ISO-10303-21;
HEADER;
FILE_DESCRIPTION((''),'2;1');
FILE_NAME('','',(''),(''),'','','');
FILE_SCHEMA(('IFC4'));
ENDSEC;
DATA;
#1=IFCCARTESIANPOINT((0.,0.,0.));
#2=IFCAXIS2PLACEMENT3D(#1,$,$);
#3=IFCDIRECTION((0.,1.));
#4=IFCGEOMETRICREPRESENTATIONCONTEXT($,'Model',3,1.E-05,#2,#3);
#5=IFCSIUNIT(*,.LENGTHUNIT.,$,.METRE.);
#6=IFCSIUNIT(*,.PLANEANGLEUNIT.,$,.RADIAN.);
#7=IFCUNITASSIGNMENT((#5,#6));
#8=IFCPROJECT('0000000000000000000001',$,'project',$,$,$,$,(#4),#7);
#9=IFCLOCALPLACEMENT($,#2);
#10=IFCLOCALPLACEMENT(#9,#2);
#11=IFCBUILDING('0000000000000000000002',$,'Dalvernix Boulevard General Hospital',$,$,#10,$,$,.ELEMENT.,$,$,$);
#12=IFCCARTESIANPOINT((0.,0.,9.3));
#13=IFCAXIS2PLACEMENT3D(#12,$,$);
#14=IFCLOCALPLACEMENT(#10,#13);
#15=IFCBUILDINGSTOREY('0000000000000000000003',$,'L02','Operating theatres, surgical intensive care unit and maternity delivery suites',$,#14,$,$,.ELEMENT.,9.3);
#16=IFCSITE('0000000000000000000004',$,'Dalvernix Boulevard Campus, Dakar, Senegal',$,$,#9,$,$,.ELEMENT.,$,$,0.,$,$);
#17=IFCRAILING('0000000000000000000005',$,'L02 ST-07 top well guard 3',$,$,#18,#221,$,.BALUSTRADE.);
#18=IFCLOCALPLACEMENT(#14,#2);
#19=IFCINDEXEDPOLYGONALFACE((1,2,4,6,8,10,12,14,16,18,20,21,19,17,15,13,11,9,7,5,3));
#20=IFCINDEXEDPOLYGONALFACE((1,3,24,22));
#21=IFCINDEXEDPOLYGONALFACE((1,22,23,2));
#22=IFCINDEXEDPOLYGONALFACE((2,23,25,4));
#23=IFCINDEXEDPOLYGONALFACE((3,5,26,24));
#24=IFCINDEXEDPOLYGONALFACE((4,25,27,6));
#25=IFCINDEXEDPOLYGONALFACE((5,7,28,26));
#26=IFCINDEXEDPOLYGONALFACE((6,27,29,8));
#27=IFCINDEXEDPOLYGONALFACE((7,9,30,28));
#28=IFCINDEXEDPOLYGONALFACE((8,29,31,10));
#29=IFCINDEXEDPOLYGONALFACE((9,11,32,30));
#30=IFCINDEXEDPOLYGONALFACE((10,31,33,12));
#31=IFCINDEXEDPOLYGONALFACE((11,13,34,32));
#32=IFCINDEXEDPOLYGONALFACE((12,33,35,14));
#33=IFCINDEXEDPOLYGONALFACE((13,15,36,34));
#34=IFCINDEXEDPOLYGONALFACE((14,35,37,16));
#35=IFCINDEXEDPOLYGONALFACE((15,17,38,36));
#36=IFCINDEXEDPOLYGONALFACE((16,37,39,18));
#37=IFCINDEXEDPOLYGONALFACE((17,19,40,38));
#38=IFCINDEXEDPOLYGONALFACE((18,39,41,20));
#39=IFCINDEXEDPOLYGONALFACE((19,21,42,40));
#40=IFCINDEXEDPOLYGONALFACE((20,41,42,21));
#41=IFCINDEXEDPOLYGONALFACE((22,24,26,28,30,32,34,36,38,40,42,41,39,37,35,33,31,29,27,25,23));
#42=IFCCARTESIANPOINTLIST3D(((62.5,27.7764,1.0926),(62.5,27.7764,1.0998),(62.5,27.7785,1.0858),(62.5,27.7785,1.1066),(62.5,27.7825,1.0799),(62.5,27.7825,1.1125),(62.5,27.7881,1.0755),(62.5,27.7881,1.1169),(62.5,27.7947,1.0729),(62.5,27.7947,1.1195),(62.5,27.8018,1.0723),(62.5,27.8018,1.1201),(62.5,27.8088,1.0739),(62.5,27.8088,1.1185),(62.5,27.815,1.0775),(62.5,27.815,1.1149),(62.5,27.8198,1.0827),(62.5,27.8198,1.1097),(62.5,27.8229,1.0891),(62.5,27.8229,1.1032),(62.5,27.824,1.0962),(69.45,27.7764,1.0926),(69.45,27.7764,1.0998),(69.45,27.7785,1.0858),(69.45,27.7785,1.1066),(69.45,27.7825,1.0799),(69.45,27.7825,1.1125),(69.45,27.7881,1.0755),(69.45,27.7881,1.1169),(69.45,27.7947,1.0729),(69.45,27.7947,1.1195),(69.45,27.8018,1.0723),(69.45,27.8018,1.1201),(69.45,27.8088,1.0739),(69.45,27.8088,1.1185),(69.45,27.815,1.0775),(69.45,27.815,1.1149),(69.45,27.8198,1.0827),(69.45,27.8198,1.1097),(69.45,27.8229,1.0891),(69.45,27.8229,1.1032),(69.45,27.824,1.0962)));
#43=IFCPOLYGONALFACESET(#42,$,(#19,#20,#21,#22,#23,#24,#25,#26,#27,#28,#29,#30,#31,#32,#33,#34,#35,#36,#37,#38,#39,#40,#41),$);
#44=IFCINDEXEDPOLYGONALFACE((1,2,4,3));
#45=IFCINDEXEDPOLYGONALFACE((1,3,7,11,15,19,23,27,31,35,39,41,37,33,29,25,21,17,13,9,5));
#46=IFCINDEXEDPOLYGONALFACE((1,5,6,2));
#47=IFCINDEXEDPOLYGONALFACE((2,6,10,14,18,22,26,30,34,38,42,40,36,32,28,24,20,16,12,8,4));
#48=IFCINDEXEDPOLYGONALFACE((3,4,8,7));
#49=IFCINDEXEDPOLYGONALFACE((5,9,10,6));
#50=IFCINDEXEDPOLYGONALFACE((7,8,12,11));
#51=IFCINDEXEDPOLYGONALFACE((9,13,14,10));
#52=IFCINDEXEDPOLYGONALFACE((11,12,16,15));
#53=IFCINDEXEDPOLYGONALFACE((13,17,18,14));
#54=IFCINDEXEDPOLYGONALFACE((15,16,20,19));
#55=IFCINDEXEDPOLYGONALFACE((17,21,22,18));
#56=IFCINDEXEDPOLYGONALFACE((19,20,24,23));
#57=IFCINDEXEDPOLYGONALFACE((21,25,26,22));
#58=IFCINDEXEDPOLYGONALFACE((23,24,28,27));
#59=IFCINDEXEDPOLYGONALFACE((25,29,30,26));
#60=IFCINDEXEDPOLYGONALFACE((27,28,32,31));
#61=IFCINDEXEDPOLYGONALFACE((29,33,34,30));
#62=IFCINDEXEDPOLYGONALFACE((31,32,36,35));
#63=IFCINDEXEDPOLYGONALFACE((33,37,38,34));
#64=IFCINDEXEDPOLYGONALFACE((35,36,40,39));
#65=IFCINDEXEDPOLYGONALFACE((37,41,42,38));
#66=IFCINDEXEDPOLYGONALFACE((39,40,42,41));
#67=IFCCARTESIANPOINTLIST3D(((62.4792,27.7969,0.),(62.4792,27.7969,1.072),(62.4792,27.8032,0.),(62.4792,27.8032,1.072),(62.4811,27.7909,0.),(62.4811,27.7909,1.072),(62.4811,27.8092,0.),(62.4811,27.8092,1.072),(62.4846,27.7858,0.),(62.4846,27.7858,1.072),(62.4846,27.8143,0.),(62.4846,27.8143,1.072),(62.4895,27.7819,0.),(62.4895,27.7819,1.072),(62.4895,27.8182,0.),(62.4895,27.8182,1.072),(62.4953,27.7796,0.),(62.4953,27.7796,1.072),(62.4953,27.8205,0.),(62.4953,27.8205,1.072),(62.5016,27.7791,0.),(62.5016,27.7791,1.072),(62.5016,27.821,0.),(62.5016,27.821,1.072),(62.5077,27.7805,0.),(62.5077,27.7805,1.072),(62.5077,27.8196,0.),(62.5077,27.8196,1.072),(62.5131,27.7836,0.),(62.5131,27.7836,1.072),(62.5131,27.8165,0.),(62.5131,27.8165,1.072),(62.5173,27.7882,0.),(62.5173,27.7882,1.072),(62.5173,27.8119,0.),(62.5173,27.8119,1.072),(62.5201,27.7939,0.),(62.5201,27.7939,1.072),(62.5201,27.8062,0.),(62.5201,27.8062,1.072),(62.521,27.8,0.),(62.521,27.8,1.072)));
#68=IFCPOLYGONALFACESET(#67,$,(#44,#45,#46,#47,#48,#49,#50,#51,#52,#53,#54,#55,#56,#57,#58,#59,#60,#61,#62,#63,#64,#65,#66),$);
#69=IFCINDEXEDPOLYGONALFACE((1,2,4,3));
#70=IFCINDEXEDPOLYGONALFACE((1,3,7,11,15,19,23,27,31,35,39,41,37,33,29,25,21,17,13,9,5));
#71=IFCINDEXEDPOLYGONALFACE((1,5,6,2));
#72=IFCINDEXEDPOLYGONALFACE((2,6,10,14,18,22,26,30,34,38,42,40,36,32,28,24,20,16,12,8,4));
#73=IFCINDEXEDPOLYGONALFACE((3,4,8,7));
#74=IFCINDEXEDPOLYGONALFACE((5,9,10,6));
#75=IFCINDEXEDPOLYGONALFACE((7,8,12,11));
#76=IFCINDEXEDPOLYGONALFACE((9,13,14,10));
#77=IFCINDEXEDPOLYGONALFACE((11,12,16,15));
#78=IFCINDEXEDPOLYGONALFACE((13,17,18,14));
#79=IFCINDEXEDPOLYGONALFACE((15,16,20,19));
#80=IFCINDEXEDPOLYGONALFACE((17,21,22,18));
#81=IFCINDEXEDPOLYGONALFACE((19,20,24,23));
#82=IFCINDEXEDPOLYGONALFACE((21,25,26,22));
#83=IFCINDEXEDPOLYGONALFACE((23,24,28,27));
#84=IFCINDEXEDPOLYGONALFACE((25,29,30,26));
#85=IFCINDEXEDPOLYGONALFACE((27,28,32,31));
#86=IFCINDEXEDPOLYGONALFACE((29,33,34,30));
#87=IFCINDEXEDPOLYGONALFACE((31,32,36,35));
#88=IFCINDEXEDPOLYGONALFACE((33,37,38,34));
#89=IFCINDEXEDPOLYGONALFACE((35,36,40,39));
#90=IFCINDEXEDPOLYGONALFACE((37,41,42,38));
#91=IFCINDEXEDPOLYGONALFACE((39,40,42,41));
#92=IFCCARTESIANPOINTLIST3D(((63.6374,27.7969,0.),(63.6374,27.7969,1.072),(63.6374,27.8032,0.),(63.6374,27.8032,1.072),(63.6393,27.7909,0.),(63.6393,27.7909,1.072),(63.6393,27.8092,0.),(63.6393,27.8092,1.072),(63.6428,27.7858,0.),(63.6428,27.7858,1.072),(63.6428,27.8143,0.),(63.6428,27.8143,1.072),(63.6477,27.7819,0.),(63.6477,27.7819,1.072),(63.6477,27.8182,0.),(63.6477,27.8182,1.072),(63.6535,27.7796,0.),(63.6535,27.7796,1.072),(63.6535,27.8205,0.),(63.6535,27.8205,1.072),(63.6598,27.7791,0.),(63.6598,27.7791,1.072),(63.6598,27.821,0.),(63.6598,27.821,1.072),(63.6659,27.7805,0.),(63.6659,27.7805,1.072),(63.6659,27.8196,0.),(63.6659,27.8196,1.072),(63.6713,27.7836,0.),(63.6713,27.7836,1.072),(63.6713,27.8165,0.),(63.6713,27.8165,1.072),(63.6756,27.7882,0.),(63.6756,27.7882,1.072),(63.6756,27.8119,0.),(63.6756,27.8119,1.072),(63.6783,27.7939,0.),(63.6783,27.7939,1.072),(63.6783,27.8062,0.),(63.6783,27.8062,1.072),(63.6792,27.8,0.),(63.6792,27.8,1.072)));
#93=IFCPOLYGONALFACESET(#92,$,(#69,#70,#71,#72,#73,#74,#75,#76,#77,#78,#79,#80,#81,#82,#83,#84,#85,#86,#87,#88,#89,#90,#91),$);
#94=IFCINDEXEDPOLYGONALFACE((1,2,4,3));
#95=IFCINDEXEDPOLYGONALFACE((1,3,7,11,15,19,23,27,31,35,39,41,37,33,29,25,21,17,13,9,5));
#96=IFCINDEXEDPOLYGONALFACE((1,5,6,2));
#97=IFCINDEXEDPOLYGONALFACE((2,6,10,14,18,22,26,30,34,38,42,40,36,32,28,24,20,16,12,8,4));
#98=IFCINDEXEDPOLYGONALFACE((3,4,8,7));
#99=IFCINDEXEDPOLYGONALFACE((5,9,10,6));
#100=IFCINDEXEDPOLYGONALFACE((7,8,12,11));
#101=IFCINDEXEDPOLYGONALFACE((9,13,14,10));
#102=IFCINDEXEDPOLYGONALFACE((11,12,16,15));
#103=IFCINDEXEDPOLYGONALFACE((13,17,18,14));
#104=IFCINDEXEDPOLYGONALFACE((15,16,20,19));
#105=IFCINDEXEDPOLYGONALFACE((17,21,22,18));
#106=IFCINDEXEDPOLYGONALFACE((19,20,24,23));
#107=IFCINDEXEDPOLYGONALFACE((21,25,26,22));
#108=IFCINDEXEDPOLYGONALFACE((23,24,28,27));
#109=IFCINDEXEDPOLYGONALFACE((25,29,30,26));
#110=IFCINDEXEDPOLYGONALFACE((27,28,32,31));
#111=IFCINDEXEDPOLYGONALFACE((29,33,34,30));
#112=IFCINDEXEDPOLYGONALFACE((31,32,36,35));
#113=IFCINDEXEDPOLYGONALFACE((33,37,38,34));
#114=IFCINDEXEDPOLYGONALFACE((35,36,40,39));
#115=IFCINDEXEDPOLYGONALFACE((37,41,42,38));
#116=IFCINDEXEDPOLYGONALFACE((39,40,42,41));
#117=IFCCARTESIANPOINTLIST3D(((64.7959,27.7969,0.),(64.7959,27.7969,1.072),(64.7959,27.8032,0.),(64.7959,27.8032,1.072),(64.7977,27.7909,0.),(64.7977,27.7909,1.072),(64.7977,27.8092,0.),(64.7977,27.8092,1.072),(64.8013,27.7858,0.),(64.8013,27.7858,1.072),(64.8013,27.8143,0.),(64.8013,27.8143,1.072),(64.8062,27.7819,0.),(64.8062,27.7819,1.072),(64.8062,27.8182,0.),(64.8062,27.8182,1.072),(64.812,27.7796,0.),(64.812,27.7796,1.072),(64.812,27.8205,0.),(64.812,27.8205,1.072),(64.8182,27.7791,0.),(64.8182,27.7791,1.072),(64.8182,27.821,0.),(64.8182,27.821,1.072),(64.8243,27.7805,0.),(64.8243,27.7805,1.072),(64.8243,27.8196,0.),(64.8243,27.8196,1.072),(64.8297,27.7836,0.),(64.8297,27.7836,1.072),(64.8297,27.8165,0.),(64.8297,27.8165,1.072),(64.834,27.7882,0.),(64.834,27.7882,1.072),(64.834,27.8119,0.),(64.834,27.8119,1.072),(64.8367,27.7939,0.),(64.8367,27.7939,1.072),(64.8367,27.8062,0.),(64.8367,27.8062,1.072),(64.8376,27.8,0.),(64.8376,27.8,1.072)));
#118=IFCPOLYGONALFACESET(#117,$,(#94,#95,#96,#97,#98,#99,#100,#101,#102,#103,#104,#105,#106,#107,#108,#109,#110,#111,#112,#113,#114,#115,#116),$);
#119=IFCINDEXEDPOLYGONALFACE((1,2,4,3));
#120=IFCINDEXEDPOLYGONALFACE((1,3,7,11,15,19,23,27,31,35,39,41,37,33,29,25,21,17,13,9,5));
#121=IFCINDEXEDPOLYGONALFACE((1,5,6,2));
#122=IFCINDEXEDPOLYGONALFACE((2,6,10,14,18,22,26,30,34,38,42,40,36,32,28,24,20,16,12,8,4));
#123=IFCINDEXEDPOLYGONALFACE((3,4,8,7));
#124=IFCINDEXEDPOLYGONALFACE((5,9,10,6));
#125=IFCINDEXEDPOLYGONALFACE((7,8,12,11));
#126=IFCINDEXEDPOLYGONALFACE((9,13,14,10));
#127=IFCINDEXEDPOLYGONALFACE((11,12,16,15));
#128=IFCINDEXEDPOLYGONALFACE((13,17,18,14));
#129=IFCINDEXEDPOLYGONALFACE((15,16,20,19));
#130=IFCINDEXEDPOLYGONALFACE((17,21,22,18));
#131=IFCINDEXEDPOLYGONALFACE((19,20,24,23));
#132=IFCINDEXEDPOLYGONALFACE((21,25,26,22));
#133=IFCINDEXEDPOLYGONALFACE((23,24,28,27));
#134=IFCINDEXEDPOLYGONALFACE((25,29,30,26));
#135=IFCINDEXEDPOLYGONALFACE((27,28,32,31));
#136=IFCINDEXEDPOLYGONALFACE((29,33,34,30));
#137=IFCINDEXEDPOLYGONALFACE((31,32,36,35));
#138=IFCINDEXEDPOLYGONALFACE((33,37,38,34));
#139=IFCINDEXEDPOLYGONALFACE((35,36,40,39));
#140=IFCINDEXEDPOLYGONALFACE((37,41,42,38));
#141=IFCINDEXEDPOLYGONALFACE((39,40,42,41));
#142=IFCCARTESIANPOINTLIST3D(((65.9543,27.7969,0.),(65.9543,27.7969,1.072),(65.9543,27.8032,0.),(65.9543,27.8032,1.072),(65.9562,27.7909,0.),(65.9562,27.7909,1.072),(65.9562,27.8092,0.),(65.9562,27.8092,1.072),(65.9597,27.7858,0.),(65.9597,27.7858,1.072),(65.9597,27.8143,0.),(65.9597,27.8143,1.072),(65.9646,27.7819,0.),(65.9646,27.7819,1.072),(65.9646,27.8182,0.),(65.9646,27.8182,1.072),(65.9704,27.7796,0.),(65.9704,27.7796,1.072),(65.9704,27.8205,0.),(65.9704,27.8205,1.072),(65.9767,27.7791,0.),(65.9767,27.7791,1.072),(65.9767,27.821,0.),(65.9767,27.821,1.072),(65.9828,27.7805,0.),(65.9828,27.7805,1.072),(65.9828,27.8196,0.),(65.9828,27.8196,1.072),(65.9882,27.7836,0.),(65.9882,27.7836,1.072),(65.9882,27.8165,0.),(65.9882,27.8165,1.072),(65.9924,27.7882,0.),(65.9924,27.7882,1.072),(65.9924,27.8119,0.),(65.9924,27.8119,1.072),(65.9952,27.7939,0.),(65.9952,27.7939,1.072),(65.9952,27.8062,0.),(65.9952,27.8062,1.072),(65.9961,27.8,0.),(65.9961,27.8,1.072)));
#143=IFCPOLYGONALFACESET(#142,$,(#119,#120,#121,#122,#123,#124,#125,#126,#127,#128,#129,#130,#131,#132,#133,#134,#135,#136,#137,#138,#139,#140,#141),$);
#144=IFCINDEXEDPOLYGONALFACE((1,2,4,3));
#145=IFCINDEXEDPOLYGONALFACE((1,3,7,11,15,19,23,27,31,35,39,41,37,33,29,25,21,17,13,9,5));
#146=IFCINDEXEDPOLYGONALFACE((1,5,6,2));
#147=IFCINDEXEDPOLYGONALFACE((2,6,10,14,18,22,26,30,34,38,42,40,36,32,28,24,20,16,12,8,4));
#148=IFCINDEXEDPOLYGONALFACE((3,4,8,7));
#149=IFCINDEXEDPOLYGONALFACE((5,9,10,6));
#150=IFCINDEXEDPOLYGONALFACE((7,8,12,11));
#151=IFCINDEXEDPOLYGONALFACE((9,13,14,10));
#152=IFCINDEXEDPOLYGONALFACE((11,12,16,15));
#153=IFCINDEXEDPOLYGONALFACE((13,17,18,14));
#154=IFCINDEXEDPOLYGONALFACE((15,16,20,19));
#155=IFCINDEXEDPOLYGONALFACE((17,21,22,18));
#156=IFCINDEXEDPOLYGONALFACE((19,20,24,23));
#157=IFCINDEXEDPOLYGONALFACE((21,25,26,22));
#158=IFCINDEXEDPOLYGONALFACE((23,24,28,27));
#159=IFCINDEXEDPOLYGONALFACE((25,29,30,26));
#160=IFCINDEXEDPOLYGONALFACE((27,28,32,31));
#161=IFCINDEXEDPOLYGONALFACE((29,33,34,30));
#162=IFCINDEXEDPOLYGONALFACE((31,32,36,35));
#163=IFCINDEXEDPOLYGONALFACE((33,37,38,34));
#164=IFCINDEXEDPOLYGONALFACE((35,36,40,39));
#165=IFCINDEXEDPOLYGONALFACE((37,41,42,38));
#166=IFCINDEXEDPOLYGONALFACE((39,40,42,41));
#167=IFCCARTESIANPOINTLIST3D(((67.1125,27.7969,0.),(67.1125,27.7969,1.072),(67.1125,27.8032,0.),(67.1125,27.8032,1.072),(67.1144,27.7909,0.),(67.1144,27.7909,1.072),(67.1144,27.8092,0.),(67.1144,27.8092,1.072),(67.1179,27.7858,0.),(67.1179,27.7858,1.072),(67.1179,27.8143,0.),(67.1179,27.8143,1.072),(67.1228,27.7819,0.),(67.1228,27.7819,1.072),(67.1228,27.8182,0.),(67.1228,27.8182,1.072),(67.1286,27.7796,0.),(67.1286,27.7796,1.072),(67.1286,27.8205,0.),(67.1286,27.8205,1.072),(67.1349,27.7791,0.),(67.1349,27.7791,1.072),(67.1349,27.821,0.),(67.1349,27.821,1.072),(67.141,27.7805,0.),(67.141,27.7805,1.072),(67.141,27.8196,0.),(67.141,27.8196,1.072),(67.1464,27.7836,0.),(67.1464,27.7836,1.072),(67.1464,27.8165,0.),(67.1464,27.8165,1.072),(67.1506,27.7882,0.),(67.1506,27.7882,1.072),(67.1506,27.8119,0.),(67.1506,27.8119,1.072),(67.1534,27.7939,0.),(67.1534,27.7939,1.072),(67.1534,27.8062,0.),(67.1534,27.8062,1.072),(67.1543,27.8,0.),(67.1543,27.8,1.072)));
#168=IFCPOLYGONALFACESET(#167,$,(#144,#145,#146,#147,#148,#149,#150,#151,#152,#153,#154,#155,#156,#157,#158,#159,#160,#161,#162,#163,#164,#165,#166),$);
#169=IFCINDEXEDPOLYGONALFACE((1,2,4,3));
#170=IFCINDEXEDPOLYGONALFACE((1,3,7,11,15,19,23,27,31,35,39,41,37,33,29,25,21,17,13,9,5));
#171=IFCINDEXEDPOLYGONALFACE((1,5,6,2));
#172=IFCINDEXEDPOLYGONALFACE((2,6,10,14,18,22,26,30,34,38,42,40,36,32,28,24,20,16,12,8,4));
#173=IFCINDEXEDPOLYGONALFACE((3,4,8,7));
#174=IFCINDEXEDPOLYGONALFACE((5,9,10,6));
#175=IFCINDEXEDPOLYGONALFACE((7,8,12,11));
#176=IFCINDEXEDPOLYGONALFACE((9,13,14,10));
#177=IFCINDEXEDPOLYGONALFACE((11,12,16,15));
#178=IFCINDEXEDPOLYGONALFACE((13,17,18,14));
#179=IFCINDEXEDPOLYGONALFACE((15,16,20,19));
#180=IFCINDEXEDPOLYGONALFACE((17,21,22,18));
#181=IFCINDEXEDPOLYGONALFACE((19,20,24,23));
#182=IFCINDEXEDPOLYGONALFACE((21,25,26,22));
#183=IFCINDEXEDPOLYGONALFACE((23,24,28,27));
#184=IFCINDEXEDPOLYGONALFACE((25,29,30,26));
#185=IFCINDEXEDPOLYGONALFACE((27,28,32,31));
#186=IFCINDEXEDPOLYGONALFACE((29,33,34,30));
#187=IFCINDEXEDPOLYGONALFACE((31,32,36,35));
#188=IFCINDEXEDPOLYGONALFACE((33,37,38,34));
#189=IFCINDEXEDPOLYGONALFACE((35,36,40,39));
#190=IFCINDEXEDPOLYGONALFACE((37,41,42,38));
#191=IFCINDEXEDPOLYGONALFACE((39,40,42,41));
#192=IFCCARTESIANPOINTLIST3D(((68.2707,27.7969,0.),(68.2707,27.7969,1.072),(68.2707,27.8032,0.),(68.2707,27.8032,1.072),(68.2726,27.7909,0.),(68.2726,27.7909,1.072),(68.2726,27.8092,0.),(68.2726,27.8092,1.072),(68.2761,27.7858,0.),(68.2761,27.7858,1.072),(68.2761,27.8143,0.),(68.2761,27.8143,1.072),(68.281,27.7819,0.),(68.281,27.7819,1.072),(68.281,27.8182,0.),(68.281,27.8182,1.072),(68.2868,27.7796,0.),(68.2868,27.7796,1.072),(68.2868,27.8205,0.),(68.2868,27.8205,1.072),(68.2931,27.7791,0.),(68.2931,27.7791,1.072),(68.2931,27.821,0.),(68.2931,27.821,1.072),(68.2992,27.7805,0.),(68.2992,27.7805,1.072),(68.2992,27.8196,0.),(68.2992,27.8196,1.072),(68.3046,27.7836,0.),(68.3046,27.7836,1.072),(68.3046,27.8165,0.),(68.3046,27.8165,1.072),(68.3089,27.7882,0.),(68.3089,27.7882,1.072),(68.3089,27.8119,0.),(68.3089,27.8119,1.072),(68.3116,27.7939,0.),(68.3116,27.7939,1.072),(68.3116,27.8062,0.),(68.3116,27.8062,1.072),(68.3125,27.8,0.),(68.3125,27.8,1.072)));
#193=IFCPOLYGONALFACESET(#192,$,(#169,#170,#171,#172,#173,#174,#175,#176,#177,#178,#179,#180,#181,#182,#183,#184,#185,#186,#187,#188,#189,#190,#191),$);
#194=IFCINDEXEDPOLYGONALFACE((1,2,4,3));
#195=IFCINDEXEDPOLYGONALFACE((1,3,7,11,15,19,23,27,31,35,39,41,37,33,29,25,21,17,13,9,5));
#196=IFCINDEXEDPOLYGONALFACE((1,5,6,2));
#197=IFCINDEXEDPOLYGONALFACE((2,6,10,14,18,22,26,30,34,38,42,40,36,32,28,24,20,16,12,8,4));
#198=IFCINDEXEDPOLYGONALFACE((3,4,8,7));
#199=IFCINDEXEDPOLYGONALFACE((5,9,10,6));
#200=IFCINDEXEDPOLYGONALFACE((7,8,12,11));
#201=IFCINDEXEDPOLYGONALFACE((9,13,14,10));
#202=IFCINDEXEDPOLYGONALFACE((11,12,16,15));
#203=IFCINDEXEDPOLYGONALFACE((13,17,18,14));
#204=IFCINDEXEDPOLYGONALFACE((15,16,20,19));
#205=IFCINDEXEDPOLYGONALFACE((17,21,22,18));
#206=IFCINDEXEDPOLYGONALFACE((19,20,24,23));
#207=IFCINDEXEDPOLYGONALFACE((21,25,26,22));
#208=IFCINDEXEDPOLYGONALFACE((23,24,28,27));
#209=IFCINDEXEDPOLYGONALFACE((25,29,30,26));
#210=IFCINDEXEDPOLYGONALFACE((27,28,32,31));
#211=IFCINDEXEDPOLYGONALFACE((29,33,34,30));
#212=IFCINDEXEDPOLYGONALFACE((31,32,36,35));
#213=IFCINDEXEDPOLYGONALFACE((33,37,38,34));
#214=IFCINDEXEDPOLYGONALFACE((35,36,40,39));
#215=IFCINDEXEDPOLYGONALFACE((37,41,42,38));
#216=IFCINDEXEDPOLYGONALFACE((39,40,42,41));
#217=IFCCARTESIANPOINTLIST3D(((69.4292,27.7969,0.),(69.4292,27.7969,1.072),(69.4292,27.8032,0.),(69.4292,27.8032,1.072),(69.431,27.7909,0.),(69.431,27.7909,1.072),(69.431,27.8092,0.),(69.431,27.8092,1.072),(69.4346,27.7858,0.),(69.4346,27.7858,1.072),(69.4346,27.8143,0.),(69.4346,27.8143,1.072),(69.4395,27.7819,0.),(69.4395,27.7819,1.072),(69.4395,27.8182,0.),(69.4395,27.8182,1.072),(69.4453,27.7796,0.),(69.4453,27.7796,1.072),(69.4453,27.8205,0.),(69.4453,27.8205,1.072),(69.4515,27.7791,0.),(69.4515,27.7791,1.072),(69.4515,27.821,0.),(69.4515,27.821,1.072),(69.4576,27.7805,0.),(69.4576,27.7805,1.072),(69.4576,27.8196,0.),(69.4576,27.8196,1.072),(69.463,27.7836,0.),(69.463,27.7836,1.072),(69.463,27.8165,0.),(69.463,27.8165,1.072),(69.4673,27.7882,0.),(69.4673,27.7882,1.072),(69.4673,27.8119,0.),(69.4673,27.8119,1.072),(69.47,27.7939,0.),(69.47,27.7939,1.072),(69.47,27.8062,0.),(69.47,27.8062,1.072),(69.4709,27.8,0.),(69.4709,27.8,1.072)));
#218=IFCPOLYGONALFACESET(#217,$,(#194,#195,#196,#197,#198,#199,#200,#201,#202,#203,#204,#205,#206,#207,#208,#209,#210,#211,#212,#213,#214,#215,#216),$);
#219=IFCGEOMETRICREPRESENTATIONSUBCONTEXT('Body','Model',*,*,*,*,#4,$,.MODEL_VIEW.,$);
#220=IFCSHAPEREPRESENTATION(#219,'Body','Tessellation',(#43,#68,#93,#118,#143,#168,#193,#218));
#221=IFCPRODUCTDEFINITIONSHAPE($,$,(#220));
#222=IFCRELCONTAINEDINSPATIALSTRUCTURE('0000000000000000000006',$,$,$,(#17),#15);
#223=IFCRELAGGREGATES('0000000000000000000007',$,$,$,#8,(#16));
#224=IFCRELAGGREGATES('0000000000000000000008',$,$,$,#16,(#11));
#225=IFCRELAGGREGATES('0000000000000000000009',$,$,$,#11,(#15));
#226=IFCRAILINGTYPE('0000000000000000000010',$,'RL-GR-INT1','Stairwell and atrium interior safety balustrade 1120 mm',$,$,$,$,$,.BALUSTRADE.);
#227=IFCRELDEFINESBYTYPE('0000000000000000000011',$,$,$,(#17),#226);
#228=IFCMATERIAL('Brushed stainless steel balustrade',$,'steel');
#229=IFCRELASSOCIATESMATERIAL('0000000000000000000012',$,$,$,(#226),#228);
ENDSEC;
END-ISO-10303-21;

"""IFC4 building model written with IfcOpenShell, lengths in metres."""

from ifc_helpers import new_model, si_unit, direction, frame, origin, origin_2d, place, context, subcontext, project, spatial, circle, extrude, material, type_object, element, save


model = new_model("IFC4")

# Units and contexts
model_context = context("Model", 3, precision=1e-05, world=origin(), true_north=direction((0.0, 1.0)))
body_context = subcontext(model_context, "Body", "Model", "MODEL_VIEW")
ifc_project = project(units=[si_unit("LENGTHUNIT", "METRE"), si_unit("PLANEANGLEUNIT", "RADIAN")], contexts=[model_context])

# Site, building, storey
site_placement = place(None, origin())
site = spatial("IfcSite", under=ifc_project, at=site_placement, Name="Dalvernix Boulevard Campus, Dakar, Senegal", CompositionType="ELEMENT", RefElevation=0.0)
building_placement = place(site_placement, origin())
building = spatial("IfcBuilding", under=site, at=building_placement, Name="Dalvernix Boulevard General Hospital", CompositionType="ELEMENT")
storey_placement = place(building_placement, frame((0.0, 0.0, 9.3)))
storey = spatial("IfcBuildingStorey", under=building, at=storey_placement, Name="L02", Description="Operating theatres, surgical intensive care unit and maternity delivery suites", CompositionType="ELEMENT", Elevation=9.3)

# Railing
ifc_material_1 = material(Name="Brushed stainless steel balustrade", Category="steel")
railing_type = type_object("IfcRailingType", Name="RL-GR-INT1", Description="Stairwell and atrium interior safety balustrade 1120 mm", PredefinedType="BALUSTRADE", material=ifc_material_1)
for number, where, name in (
    (1, (62.5, 27.8, 0.0), "L02 ST-07 top well guard 3"),
):
    element("IfcRailing", number, at=place(storey_placement, frame(where)), inside=storey, type_object=railing_type, Name=name, PredefinedType="BALUSTRADE", context=body_context, shape_type="SweptSolid", body=[
        extrude(circle(Radius=0.0239, at=origin_2d()), frame((0.0, 0.0, 1.0962), z_axis=(1.0, 0.0, 0.0), x_axis=(0.0, 1.0, 0.0)), (0.0, 0.0, 1.0), 6.95),
        extrude(circle(Radius=0.021, at=origin_2d()), origin(), (0.0, 0.0, 1.0), 1.072),
        extrude(circle(Radius=0.021, at=origin_2d()), frame((1.1582, 0.0, 0.0)), (0.0, 0.0, 1.0), 1.072),
        extrude(circle(Radius=0.021, at=origin_2d()), frame((2.3167, 0.0, 0.0)), (0.0, 0.0, 1.0), 1.072),
        extrude(circle(Radius=0.021, at=origin_2d()), frame((3.4751, 0.0, 0.0)), (0.0, 0.0, 1.0), 1.072),
        extrude(circle(Radius=0.021, at=origin_2d()), frame((4.6333, 0.0, 0.0)), (0.0, 0.0, 1.0), 1.072),
        extrude(circle(Radius=0.021, at=origin_2d()), frame((5.7915, 0.0, 0.0)), (0.0, 0.0, 1.0), 1.072),
        extrude(circle(Radius=0.021, at=origin_2d()), frame((6.95, 0.0, 0.0)), (0.0, 0.0, 1.0), 1.072),
    ])

save(model, "model.ifc")
